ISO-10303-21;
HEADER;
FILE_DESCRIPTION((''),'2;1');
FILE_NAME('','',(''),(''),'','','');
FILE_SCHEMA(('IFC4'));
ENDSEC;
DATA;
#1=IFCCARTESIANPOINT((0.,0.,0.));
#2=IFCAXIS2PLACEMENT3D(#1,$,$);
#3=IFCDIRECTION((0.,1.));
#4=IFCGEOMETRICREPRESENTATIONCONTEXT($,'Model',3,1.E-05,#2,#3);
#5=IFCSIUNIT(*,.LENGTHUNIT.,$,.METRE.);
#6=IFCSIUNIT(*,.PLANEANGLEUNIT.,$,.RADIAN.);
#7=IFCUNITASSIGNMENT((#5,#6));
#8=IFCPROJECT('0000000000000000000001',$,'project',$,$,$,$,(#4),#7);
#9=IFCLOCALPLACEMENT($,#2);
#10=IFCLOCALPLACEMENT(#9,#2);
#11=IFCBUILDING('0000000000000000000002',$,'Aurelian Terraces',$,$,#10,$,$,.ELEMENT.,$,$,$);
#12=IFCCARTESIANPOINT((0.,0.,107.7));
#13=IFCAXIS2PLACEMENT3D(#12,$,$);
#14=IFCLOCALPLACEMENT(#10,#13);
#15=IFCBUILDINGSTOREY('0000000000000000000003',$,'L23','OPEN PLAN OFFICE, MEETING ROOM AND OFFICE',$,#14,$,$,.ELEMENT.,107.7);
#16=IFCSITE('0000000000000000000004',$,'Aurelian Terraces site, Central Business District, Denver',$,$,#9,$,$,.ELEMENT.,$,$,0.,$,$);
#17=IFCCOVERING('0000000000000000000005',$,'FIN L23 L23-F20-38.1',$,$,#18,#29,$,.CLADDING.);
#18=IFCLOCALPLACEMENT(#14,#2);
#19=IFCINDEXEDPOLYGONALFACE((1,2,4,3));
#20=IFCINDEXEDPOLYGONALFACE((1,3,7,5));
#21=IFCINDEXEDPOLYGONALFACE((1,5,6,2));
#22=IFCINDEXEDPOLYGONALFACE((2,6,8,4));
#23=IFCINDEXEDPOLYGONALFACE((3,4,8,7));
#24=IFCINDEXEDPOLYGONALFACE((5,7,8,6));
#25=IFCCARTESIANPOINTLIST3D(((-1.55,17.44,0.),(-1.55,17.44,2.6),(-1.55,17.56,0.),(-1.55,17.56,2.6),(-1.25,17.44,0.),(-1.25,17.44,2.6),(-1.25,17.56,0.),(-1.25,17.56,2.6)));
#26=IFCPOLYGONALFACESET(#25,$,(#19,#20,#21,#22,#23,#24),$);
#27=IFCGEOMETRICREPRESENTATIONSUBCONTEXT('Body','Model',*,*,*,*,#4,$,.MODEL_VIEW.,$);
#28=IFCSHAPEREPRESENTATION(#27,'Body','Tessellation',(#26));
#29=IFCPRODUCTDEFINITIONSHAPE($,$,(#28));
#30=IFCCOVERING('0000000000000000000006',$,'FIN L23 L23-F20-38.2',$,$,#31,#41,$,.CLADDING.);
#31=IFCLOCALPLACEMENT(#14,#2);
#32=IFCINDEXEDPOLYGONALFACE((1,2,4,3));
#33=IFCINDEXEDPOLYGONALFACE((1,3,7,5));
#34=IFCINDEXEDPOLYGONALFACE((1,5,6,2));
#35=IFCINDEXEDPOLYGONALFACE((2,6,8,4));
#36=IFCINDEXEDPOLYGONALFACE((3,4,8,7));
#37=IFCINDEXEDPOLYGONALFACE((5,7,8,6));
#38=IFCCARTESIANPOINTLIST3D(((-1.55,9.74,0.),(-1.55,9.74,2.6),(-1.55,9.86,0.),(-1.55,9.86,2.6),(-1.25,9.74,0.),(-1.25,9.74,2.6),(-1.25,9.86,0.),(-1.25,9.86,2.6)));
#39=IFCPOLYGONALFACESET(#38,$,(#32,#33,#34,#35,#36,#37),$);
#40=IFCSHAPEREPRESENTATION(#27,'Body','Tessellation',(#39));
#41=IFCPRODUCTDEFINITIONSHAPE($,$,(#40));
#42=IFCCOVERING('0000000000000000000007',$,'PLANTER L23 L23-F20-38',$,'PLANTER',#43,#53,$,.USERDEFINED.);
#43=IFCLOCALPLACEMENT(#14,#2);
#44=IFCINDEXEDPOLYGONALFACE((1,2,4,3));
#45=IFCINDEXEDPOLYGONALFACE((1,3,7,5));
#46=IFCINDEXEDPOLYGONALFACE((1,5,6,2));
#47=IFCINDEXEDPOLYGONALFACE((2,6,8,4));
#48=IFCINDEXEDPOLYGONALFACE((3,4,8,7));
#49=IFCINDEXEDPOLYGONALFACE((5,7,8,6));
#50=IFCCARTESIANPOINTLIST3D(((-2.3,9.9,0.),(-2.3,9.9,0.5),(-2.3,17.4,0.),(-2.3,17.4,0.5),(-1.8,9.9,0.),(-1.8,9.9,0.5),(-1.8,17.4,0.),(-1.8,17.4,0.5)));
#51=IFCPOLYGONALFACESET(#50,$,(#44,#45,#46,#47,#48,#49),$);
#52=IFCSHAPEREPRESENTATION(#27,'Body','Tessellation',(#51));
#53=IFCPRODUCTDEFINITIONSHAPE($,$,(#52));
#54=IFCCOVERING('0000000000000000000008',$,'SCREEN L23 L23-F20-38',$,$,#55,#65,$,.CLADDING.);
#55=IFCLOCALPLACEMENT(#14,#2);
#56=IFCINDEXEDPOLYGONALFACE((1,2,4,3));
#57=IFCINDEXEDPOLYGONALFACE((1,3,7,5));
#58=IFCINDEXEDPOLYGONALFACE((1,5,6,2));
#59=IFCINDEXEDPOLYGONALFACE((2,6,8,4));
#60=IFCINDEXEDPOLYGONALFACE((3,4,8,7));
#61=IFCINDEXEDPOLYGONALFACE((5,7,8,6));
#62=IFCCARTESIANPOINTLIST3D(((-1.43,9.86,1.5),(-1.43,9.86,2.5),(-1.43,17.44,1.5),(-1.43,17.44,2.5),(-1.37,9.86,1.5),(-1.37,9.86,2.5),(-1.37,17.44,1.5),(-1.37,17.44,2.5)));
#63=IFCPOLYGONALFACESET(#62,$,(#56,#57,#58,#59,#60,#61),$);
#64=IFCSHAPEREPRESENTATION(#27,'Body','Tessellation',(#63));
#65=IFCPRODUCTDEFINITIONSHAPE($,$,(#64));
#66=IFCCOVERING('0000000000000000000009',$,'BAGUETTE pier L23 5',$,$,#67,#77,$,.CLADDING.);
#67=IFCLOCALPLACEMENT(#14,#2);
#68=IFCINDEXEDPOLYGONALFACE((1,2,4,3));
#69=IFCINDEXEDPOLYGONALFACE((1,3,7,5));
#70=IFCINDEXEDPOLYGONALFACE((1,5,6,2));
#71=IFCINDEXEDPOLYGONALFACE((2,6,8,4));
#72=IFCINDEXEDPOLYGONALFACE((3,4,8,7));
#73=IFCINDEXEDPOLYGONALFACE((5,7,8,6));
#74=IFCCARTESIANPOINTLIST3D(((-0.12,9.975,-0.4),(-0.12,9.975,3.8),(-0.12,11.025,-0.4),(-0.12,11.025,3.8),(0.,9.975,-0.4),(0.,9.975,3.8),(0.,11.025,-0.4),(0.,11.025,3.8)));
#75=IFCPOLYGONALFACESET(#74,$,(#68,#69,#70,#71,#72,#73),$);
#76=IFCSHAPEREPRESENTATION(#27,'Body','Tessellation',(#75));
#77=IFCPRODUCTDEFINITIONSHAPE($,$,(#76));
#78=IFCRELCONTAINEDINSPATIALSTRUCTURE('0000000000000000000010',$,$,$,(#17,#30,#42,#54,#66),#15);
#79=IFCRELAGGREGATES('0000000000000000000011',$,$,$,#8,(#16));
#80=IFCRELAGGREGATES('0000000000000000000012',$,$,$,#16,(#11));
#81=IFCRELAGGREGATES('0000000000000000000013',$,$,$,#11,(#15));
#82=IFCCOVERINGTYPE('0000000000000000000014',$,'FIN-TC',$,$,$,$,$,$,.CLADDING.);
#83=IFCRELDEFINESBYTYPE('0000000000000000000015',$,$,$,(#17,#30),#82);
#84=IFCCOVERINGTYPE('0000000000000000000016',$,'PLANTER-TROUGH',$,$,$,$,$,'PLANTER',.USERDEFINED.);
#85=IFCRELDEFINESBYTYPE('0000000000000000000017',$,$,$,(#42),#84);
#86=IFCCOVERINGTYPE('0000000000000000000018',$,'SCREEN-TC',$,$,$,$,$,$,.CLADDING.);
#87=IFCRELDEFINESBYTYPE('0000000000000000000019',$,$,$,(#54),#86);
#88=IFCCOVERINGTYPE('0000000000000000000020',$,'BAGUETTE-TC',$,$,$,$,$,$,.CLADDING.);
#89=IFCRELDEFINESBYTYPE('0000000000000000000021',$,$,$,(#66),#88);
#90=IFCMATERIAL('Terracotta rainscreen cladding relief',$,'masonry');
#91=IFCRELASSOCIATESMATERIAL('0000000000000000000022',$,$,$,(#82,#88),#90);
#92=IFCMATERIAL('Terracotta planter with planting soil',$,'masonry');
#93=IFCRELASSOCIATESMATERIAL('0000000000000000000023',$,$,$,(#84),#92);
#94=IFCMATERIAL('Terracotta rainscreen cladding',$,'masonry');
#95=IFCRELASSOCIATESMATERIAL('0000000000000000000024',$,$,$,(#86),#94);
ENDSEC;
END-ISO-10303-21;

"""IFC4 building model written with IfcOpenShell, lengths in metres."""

from ifc_helpers import new_model, si_unit, direction, frame, origin, origin_2d, place, context, subcontext, project, spatial, rectangle, extrude, source, transform, mapped, material, type_object, element, save


model = new_model("IFC4")

# Units and contexts
model_context = context("Model", 3, precision=1e-05, world=origin(), true_north=direction((0.0, 1.0)))
body_context = subcontext(model_context, "Body", "Model", "MODEL_VIEW")
ifc_project = project(units=[si_unit("LENGTHUNIT", "METRE"), si_unit("PLANEANGLEUNIT", "RADIAN")], contexts=[model_context])

# Site, building, storey
site_placement = place(None, origin())
site = spatial("IfcSite", under=ifc_project, at=site_placement, Name="Aurelian Terraces site, Central Business District, Denver", CompositionType="ELEMENT", RefElevation=0.0)
building_placement = place(site_placement, origin())
building = spatial("IfcBuilding", under=site, at=building_placement, Name="Aurelian Terraces", CompositionType="ELEMENT")
storey_placement = place(building_placement, frame((0.0, 0.0, 107.7)))
storey = spatial("IfcBuildingStorey", under=building, at=storey_placement, Name="L23", Description="OPEN PLAN OFFICE, MEETING ROOM AND OFFICE", CompositionType="ELEMENT", Elevation=107.7)

# Shared definitions
ifc_material_1 = material(Name="Terracotta rainscreen cladding", Category="masonry")

# Coverings
ifc_material_2 = material(Name="Terracotta rainscreen cladding relief", Category="masonry")
covering_type_1 = type_object("IfcCoveringType", Name="FIN-TC", PredefinedType="CLADDING", material=ifc_material_2)
shared_shape_1 = source(origin(), body_context, "Body", "SweptSolid", [
    extrude(rectangle(XDim=0.3, YDim=0.12, at=origin_2d()), origin(), (0.0, 0.0, 1.0), 2.6),
])
for number, where, z_axis, x_axis, name in (
    (1, (-1.4, 17.5, 0.0), (0.0, 0.0, 1.0), (1.0, 0.0, 0.0), "FIN L23 L23-F20-38.1"),
    (2, (-1.4, 9.8, 0.0), (0.0, 0.0, 1.0), (1.0, 0.0, 0.0), "FIN L23 L23-F20-38.2"),
):
    element("IfcCovering", number, at=place(storey_placement, frame(where, z_axis=z_axis, x_axis=x_axis)), inside=storey, type_object=covering_type_1, Name=name, PredefinedType="CLADDING", context=body_context, shape_type="MappedRepresentation", body=[
        mapped(shared_shape_1, transform((0.0, 0.0, 0.0), scale=1.0)),
    ])

# Coverings
ifc_material_3 = material(Name="Terracotta planter with planting soil", Category="masonry")
covering_type_2 = type_object("IfcCoveringType", Name="PLANTER-TROUGH", ElementType="PLANTER", PredefinedType="USERDEFINED", material=ifc_material_3)
shared_shape_2 = source(origin(), body_context, "Body", "SweptSolid", [
    extrude(rectangle(XDim=0.5, YDim=7.5, at=origin_2d()), origin(), (0.0, 0.0, 1.0), 0.5),
])
covering_1_placement = place(storey_placement, frame((-2.05, 13.65, 0.0), z_axis=(0.0, 0.0, 1.0), x_axis=(1.0, 0.0, 0.0)))
element("IfcCovering", 3, at=covering_1_placement, inside=storey, type_object=covering_type_2, Name="PLANTER L23 L23-F20-38", ObjectType="PLANTER", PredefinedType="USERDEFINED", context=body_context, shape_type="MappedRepresentation", body=[
    mapped(shared_shape_2, transform((0.0, 0.0, 0.0), scale=1.0)),
])
covering_type_3 = type_object("IfcCoveringType", Name="SCREEN-TC", PredefinedType="CLADDING", material=ifc_material_1)
shared_shape_3 = source(origin(), body_context, "Body", "SweptSolid", [
    extrude(rectangle(XDim=0.06, YDim=7.58, at=origin_2d()), origin(), (0.0, 0.0, 1.0), 1.0),
])
covering_2_placement = place(storey_placement, frame((-1.4, 13.65, 1.5), z_axis=(0.0, 0.0, 1.0), x_axis=(1.0, 0.0, 0.0)))
element("IfcCovering", 4, at=covering_2_placement, inside=storey, type_object=covering_type_3, Name="SCREEN L23 L23-F20-38", PredefinedType="CLADDING", context=body_context, shape_type="MappedRepresentation", body=[
    mapped(shared_shape_3, transform((0.0, 0.0, 0.0), scale=1.0)),
])
covering_type_4 = type_object("IfcCoveringType", Name="BAGUETTE-TC", PredefinedType="CLADDING", material=ifc_material_2)
shared_shape_4 = source(origin(), body_context, "Body", "SweptSolid", [
    extrude(rectangle(XDim=0.12, YDim=1.05, at=origin_2d()), origin(), (0.0, 0.0, 1.0), 4.2),
])
covering_3_placement = place(storey_placement, frame((-0.06, 10.5, -0.4), z_axis=(0.0, 0.0, 1.0), x_axis=(1.0, 0.0, 0.0)))
element("IfcCovering", 5, at=covering_3_placement, inside=storey, type_object=covering_type_4, Name="BAGUETTE pier L23 5", PredefinedType="CLADDING", context=body_context, shape_type="MappedRepresentation", body=[
    mapped(shared_shape_4, transform((0.0, 0.0, 0.0), scale=1.0)),
])

save(model, "model.ifc")
